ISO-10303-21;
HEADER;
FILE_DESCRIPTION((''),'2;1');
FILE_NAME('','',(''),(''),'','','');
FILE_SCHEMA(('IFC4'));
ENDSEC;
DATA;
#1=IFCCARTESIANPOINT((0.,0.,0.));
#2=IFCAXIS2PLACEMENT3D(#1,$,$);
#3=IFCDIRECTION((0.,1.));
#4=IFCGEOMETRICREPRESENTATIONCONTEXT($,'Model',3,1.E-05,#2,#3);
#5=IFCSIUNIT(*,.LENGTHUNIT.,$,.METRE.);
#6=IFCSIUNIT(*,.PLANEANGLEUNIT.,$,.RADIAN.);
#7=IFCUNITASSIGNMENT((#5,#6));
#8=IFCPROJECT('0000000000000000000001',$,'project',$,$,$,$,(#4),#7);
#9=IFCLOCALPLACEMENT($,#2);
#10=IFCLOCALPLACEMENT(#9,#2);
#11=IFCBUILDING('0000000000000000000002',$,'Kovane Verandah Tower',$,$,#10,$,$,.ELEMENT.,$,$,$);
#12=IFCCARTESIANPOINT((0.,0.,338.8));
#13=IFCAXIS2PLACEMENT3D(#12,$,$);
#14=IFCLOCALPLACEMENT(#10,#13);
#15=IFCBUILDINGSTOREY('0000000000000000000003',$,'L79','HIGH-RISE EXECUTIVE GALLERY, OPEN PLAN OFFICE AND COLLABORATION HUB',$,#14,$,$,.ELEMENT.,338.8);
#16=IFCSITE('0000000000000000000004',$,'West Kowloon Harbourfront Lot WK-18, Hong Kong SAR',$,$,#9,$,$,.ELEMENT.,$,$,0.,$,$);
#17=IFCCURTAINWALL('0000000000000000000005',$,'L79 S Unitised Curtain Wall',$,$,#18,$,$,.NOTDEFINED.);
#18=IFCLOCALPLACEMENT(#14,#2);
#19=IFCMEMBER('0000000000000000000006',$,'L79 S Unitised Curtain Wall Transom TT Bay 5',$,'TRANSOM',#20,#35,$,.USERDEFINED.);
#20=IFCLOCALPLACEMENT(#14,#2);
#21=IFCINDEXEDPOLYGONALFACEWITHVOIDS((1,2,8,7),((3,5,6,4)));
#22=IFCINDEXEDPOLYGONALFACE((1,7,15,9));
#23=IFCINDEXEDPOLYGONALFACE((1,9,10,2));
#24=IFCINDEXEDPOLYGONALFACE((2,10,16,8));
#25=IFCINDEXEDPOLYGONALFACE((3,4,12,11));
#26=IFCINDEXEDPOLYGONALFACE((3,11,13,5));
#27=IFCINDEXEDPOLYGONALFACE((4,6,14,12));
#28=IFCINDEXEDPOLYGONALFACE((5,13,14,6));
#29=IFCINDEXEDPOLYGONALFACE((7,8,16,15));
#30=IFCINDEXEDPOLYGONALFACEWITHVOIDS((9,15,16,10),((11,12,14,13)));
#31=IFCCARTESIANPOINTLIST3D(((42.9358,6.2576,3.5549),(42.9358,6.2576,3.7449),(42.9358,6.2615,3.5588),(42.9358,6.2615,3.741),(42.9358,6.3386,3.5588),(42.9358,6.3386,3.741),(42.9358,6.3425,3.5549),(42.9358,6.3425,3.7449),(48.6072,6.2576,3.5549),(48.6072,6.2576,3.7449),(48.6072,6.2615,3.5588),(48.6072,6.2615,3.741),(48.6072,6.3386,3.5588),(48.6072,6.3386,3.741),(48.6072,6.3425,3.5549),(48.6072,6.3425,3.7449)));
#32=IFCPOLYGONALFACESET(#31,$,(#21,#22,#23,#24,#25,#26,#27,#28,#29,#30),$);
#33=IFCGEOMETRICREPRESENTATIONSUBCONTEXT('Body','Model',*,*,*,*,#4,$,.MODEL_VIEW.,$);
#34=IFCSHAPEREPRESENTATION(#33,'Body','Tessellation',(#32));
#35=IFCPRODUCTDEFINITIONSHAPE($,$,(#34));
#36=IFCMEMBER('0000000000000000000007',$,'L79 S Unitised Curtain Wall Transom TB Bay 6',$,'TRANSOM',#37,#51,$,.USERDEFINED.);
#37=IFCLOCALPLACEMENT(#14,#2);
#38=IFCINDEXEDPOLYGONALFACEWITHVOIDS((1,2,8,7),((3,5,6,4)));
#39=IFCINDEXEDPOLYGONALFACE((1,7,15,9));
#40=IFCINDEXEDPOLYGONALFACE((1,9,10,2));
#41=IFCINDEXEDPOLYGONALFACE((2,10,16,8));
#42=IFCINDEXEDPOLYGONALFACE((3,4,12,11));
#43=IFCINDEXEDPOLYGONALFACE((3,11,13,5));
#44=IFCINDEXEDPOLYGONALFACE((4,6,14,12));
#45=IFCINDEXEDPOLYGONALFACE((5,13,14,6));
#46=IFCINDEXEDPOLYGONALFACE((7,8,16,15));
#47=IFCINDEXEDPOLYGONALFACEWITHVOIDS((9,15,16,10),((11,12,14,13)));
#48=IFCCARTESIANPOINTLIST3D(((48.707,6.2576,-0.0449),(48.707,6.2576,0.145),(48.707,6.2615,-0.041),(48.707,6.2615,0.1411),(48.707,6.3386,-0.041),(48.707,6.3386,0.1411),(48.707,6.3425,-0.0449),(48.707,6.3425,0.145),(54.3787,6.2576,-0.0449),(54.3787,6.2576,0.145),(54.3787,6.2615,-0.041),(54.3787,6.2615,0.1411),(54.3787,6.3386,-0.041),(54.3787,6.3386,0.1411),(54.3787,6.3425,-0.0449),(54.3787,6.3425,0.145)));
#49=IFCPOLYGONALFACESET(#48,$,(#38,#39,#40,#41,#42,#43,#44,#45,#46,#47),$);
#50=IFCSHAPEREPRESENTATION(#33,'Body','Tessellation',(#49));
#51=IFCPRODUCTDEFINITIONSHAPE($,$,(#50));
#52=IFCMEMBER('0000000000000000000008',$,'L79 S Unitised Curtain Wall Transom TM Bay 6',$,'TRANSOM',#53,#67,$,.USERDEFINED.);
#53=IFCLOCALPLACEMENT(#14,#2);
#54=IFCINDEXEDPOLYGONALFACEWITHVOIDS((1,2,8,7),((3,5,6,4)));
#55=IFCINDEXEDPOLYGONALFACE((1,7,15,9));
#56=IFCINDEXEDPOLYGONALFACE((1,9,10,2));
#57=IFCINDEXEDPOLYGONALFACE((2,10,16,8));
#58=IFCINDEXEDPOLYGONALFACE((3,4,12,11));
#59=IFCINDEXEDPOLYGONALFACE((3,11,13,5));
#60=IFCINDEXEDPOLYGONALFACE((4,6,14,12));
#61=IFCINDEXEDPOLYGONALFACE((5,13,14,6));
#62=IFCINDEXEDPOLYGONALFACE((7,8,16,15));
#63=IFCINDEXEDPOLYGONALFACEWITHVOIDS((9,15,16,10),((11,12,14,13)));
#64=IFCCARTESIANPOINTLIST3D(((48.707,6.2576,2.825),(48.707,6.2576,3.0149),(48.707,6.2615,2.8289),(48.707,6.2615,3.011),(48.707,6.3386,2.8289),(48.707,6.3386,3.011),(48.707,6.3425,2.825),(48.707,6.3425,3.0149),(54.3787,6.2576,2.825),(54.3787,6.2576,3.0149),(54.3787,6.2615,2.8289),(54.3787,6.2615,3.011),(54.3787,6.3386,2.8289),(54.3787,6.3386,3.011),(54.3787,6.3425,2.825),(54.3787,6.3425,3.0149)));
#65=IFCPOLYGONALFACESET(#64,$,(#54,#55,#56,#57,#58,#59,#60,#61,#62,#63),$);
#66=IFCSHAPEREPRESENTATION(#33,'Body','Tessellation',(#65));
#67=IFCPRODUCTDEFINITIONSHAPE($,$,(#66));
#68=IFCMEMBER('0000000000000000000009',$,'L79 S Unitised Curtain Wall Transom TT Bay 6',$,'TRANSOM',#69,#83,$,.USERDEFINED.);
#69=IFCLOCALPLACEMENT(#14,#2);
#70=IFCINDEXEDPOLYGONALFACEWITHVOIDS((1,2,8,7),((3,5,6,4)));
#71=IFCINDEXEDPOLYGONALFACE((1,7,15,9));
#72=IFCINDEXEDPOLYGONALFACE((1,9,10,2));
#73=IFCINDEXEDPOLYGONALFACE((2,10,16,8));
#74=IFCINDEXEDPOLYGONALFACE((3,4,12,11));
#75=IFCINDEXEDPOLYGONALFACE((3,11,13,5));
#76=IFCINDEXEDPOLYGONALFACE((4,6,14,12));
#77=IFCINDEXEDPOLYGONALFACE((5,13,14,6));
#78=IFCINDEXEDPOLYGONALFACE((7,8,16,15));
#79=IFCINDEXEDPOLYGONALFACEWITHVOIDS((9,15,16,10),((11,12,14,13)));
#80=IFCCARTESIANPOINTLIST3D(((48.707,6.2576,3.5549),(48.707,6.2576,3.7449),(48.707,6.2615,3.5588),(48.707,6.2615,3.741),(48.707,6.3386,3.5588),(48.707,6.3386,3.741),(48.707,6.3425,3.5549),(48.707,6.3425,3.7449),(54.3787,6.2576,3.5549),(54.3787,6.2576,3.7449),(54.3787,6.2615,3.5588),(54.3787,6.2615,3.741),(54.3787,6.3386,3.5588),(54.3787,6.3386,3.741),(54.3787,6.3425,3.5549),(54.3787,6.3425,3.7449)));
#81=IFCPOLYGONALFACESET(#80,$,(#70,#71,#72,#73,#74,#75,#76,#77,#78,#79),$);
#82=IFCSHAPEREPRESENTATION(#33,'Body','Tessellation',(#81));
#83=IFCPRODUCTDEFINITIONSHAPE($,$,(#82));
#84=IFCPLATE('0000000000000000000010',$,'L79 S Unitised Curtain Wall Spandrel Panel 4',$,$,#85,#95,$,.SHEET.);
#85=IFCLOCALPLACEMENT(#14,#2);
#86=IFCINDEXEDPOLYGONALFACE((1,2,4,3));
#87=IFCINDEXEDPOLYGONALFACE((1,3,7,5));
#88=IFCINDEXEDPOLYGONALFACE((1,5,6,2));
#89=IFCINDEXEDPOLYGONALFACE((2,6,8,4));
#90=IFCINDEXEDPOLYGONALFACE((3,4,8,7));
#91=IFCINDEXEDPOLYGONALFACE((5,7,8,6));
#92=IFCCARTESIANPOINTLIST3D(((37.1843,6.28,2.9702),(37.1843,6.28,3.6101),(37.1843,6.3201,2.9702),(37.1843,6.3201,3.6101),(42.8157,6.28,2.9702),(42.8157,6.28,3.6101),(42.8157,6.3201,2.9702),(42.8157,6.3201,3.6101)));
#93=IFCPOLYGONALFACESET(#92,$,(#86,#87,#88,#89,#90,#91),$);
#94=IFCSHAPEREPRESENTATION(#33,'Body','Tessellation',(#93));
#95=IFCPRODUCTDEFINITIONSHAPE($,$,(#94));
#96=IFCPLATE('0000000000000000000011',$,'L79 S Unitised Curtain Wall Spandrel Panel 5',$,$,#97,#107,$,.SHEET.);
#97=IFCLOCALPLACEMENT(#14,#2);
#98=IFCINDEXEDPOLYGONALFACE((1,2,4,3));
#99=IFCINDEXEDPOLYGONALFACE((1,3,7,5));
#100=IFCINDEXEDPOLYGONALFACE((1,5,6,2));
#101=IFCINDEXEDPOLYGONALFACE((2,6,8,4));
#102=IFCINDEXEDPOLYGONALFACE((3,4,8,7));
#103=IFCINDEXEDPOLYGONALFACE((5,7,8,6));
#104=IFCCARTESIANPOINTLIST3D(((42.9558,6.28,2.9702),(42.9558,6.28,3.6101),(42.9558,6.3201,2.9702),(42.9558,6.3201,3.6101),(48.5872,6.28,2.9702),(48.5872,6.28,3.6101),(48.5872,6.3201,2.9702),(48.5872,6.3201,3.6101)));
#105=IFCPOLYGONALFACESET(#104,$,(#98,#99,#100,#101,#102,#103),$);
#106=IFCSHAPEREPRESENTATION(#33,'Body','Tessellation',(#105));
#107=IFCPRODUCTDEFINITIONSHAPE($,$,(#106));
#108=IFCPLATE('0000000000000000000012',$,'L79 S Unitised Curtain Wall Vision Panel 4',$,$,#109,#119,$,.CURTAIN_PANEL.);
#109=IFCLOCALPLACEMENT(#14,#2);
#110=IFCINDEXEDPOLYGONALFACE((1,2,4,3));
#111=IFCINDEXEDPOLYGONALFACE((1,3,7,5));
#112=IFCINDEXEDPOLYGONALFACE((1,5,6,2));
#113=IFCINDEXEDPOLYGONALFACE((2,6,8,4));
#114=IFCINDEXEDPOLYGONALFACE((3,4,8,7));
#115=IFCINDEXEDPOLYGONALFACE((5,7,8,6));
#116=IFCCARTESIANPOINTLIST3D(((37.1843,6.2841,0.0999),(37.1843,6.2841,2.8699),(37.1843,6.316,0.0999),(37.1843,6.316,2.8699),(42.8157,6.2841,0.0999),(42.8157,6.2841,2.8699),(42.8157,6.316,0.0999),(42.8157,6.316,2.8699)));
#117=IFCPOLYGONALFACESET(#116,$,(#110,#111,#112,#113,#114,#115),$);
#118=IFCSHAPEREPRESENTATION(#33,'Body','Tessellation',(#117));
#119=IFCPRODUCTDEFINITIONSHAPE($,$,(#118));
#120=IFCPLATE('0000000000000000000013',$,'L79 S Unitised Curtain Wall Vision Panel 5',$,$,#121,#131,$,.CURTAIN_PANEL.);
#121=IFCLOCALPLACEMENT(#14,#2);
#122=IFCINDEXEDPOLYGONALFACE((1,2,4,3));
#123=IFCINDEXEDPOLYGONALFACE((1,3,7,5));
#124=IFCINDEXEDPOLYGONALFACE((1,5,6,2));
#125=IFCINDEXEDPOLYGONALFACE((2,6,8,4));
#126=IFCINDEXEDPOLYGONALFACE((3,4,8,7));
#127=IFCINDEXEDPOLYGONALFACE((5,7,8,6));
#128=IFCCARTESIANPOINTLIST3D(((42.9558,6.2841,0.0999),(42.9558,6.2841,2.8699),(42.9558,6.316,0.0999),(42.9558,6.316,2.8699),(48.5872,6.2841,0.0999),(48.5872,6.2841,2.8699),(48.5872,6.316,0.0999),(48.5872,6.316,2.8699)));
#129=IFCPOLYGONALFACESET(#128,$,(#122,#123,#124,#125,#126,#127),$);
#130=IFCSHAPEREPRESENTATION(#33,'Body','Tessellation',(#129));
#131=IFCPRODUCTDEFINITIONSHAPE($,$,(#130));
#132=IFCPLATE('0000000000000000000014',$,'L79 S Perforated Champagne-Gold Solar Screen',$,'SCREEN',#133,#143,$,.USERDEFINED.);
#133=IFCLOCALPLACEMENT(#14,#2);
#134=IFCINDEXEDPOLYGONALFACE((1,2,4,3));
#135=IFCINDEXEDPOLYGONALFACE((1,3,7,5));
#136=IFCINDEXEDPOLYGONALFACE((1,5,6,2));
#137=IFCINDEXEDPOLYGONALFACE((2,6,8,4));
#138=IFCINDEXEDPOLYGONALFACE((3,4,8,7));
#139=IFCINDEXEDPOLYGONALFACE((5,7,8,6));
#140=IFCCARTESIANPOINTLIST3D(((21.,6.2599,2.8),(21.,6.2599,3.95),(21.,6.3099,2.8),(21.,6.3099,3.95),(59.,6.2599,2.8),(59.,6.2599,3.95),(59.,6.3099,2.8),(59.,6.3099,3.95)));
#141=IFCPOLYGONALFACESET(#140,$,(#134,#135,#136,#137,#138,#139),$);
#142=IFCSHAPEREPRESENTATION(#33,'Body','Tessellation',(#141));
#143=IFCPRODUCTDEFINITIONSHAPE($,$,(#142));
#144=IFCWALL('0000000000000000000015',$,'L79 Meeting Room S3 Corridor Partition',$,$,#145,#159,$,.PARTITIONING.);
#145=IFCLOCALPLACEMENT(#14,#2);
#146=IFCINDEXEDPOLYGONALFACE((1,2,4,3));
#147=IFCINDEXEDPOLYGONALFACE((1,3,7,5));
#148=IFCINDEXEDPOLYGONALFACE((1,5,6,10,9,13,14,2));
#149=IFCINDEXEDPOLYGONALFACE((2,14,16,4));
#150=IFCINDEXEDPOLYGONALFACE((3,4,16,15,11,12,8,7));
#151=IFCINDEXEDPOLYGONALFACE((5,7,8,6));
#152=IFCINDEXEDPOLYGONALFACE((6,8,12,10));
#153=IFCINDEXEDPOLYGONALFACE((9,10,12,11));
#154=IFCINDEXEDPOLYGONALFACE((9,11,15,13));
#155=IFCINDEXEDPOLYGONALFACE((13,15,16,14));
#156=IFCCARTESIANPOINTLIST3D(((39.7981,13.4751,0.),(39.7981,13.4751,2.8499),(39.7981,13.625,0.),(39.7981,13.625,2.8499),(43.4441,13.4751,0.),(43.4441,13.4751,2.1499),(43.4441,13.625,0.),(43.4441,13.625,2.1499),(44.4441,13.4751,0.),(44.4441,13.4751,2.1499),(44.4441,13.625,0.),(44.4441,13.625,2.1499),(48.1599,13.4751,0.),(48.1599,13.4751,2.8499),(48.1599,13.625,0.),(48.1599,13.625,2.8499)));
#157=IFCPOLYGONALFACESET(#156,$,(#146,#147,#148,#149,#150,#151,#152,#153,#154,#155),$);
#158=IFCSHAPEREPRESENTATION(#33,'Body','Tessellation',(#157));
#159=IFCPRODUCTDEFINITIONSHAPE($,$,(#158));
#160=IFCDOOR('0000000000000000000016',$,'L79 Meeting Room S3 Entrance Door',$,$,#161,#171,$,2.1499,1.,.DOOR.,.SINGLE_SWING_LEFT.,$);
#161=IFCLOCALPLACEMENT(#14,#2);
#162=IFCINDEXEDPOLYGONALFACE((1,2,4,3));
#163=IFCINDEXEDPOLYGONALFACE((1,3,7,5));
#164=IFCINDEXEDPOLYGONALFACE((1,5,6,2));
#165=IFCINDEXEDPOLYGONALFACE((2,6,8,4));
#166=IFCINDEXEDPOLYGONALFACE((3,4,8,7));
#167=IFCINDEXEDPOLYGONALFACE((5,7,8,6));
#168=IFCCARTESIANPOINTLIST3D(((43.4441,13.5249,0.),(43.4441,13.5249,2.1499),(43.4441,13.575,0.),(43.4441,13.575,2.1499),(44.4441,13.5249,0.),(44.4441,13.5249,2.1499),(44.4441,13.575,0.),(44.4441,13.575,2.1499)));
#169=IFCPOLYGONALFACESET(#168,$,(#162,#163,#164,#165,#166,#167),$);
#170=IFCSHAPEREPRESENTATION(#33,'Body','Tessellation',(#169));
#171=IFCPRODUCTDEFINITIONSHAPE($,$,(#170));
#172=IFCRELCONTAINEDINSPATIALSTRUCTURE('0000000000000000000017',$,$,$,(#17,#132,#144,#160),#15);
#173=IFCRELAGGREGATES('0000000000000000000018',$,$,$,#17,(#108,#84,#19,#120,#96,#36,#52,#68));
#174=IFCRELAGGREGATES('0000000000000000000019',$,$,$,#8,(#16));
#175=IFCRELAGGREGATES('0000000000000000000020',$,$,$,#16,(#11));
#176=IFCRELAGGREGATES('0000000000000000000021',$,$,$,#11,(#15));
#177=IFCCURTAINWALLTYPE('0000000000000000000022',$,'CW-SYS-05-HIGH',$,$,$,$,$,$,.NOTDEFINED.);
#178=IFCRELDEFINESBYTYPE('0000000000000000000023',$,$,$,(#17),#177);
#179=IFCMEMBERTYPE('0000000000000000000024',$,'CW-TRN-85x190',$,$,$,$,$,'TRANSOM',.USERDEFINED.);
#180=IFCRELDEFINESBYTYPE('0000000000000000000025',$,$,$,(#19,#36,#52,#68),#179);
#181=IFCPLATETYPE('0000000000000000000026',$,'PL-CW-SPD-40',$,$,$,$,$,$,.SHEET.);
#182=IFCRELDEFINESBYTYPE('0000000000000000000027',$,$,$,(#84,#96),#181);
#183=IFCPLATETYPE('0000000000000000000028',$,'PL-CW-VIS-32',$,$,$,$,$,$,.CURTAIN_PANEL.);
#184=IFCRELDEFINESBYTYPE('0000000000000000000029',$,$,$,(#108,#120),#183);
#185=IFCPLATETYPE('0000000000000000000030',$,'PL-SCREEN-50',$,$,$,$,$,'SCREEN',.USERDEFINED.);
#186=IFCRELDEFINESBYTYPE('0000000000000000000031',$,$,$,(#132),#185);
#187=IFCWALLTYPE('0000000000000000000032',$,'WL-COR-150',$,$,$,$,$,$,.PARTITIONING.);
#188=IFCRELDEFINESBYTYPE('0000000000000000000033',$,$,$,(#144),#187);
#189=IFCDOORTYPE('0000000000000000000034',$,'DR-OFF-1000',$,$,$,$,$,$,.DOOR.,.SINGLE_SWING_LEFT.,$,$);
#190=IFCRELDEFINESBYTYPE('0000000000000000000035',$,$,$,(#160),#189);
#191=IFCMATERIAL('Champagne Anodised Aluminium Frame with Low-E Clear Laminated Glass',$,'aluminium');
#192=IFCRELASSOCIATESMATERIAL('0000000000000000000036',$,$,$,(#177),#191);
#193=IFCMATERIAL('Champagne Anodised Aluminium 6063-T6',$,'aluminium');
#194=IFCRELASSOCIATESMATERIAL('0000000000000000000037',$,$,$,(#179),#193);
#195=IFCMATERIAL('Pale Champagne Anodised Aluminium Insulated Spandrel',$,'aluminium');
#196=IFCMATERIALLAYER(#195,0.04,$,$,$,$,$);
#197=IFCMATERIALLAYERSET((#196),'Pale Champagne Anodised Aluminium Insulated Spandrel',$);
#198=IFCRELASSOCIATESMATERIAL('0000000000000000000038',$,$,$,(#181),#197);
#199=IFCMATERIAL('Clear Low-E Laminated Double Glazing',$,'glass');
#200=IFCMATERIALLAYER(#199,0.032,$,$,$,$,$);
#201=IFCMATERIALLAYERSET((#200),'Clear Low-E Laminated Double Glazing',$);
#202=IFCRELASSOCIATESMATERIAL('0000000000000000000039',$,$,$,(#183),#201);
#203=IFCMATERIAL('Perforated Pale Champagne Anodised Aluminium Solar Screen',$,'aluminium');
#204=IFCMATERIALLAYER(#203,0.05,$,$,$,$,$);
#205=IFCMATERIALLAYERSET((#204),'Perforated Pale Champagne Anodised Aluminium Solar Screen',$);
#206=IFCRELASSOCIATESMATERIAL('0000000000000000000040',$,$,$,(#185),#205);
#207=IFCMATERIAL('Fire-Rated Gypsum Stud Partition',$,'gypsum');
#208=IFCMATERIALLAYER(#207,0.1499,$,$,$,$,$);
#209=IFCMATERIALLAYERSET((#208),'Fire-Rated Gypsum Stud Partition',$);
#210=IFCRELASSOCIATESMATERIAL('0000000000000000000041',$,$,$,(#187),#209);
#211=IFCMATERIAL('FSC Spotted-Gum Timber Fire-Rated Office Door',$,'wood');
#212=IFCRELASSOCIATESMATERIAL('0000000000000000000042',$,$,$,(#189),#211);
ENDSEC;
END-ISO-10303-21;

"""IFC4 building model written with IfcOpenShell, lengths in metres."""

from ifc_helpers import new_model, si_unit, direction, frame, frame_2d, origin, origin_2d, place, context, subcontext, project, spatial, rectangle, hollow_rectangle, extrude, material, layer, layer_set, material_profile, profile_set, type_object, element, fill, aggregate, save


model = new_model("IFC4")

# Units and contexts
model_context = context("Model", 3, precision=1e-05, world=origin(), true_north=direction((0.0, 1.0)))
body_context = subcontext(model_context, "Body", "Model", "MODEL_VIEW")
ifc_project = project(units=[si_unit("LENGTHUNIT", "METRE"), si_unit("PLANEANGLEUNIT", "RADIAN")], contexts=[model_context])

# Site, building, storey
site_placement = place(None, origin())
site = spatial("IfcSite", under=ifc_project, at=site_placement, Name="West Kowloon Harbourfront Lot WK-18, Hong Kong SAR", CompositionType="ELEMENT", RefElevation=0.0)
building_placement = place(site_placement, origin())
building = spatial("IfcBuilding", under=site, at=building_placement, Name="Kovane Verandah Tower", CompositionType="ELEMENT")
storey_placement = place(building_placement, frame((0.0, 0.0, 338.8)))
storey = spatial("IfcBuildingStorey", under=building, at=storey_placement, Name="L79", Description="HIGH-RISE EXECUTIVE GALLERY, OPEN PLAN OFFICE AND COLLABORATION HUB", CompositionType="ELEMENT", Elevation=338.8)

# Curtain wall, members, plates
ifc_material_1 = material(Name="Champagne Anodised Aluminium Frame with Low-E Clear Laminated Glass", Category="aluminium")
curtain_wall_type = type_object("IfcCurtainWallType", Name="CW-SYS-05-HIGH", PredefinedType="NOTDEFINED", material=ifc_material_1)
curtain_wall_placement = place(storey_placement, origin())
curtain_wall = element("IfcCurtainWall", 1, at=curtain_wall_placement, inside=storey, type_object=curtain_wall_type, Name="L79 S Unitised Curtain Wall", PredefinedType="NOTDEFINED")
ifc_material_2 = material(Name="Champagne Anodised Aluminium 6063-T6", Category="aluminium")
ifc_material_profile_1 = material_profile(ifc_material_2, hollow_rectangle(XDim=0.085, YDim=0.1899, WallThickness=0.0039, at=origin_2d()), Name="AL85x190x4")
ifc_profile_set_1 = profile_set([ifc_material_profile_1], Name="Champagne Anodised Aluminium 6063-T6")
member_type_1 = type_object("IfcMemberType", Name="CW-TRN-85x190", ElementType="TRANSOM", PredefinedType="USERDEFINED", material=ifc_profile_set_1)
member_1_placement = place(storey_placement, frame((42.9358, 6.3, 3.6499), z_axis=(1.0, 0.0, 0.0), x_axis=(0.0, 1.0, 0.0)))
member_1 = element("IfcMember", 2, at=member_1_placement, type_object=member_type_1, Name="L79 S Unitised Curtain Wall Transom TT Bay 5", ObjectType="TRANSOM", PredefinedType="USERDEFINED", context=body_context, shape_type="SweptSolid", body=[
    extrude(hollow_rectangle(XDim=0.085, YDim=0.1899, WallThickness=0.0039, at=origin_2d()), origin(), (0.0, 0.0, 1.0), 5.6714),
])
member_2_placement = place(storey_placement, frame((48.707, 6.3, 0.05), z_axis=(1.0, 0.0, 0.0), x_axis=(0.0, 1.0, 0.0)))
member_2 = element("IfcMember", 3, at=member_2_placement, type_object=member_type_1, Name="L79 S Unitised Curtain Wall Transom TB Bay 6", ObjectType="TRANSOM", PredefinedType="USERDEFINED", context=body_context, shape_type="SweptSolid", body=[
    extrude(hollow_rectangle(XDim=0.085, YDim=0.1899, WallThickness=0.0039, at=origin_2d()), origin(), (0.0, 0.0, 1.0), 5.6716),
])
member_3_placement = place(storey_placement, frame((48.707, 6.3, 2.9199), z_axis=(1.0, 0.0, 0.0), x_axis=(0.0, 1.0, 0.0)))
member_3 = element("IfcMember", 4, at=member_3_placement, type_object=member_type_1, Name="L79 S Unitised Curtain Wall Transom TM Bay 6", ObjectType="TRANSOM", PredefinedType="USERDEFINED", context=body_context, shape_type="SweptSolid", body=[
    extrude(hollow_rectangle(XDim=0.085, YDim=0.1899, WallThickness=0.0039, at=origin_2d()), origin(), (0.0, 0.0, 1.0), 5.6716),
])
member_4_placement = place(storey_placement, frame((48.707, 6.3, 3.6499), z_axis=(1.0, 0.0, 0.0), x_axis=(0.0, 1.0, 0.0)))
member_4 = element("IfcMember", 5, at=member_4_placement, type_object=member_type_1, Name="L79 S Unitised Curtain Wall Transom TT Bay 6", ObjectType="TRANSOM", PredefinedType="USERDEFINED", context=body_context, shape_type="SweptSolid", body=[
    extrude(hollow_rectangle(XDim=0.085, YDim=0.1899, WallThickness=0.0039, at=origin_2d()), origin(), (0.0, 0.0, 1.0), 5.6716),
])
ifc_material_3 = material(Name="Pale Champagne Anodised Aluminium Insulated Spandrel", Category="aluminium")
ifc_layer_1 = layer(ifc_material_3, 0.04)
ifc_layer_set_1 = layer_set([ifc_layer_1], Name="Pale Champagne Anodised Aluminium Insulated Spandrel")
plate_type_1 = type_object("IfcPlateType", Name="PL-CW-SPD-40", PredefinedType="SHEET", material=ifc_layer_set_1)
plate_1_placement = place(storey_placement, frame((40.0, 6.3, 2.9702), z_axis=(0.0, 0.0, 1.0), x_axis=(1.0, 0.0, 0.0)))
plate_1 = element("IfcPlate", 6, at=plate_1_placement, type_object=plate_type_1, Name="L79 S Unitised Curtain Wall Spandrel Panel 4", PredefinedType="SHEET", context=body_context, shape_type="SweptSolid", body=[
    extrude(rectangle(XDim=5.6313, YDim=0.04, at=origin_2d()), origin(), (0.0, 0.0, 1.0), 0.6399),
])
plate_2_placement = place(storey_placement, frame((45.7715, 6.3, 2.9702), z_axis=(0.0, 0.0, 1.0), x_axis=(1.0, 0.0, 0.0)))
plate_2 = element("IfcPlate", 7, at=plate_2_placement, type_object=plate_type_1, Name="L79 S Unitised Curtain Wall Spandrel Panel 5", PredefinedType="SHEET", context=body_context, shape_type="SweptSolid", body=[
    extrude(rectangle(XDim=5.6313, YDim=0.04, at=origin_2d()), origin(), (0.0, 0.0, 1.0), 0.6399),
])
ifc_material_4 = material(Name="Clear Low-E Laminated Double Glazing", Category="glass")
ifc_layer_2 = layer(ifc_material_4, 0.032)
ifc_layer_set_2 = layer_set([ifc_layer_2], Name="Clear Low-E Laminated Double Glazing")
plate_type_2 = type_object("IfcPlateType", Name="PL-CW-VIS-32", PredefinedType="CURTAIN_PANEL", material=ifc_layer_set_2)
plate_3_placement = place(storey_placement, frame((40.0, 6.3, 0.0999), z_axis=(0.0, 0.0, 1.0), x_axis=(1.0, 0.0, 0.0)))
plate_3 = element("IfcPlate", 8, at=plate_3_placement, type_object=plate_type_2, Name="L79 S Unitised Curtain Wall Vision Panel 4", PredefinedType="CURTAIN_PANEL", context=body_context, shape_type="SweptSolid", body=[
    extrude(rectangle(XDim=5.6313, YDim=0.032, at=origin_2d()), origin(), (0.0, 0.0, 1.0), 2.77),
])
plate_4_placement = place(storey_placement, frame((45.7715, 6.3, 0.0999), z_axis=(0.0, 0.0, 1.0), x_axis=(1.0, 0.0, 0.0)))
plate_4 = element("IfcPlate", 9, at=plate_4_placement, type_object=plate_type_2, Name="L79 S Unitised Curtain Wall Vision Panel 5", PredefinedType="CURTAIN_PANEL", context=body_context, shape_type="SweptSolid", body=[
    extrude(rectangle(XDim=5.6313, YDim=0.032, at=origin_2d()), origin(), (0.0, 0.0, 1.0), 2.77),
])
aggregate(curtain_wall, [plate_3, plate_1, member_1, plate_4, plate_2, member_2, member_3, member_4])

# Plate
ifc_material_5 = material(Name="Perforated Pale Champagne Anodised Aluminium Solar Screen", Category="aluminium")
ifc_layer_3 = layer(ifc_material_5, 0.05)
ifc_layer_set_3 = layer_set([ifc_layer_3], Name="Perforated Pale Champagne Anodised Aluminium Solar Screen")
plate_type_3 = type_object("IfcPlateType", Name="PL-SCREEN-50", ElementType="SCREEN", PredefinedType="USERDEFINED", material=ifc_layer_set_3)
plate_5_placement = place(storey_placement, frame((40.0, 6.2849, 2.8), z_axis=(0.0, 0.0, 1.0), x_axis=(1.0, 0.0, 0.0)))
element("IfcPlate", 10, at=plate_5_placement, inside=storey, type_object=plate_type_3, Name="L79 S Perforated Champagne-Gold Solar Screen", ObjectType="SCREEN", PredefinedType="USERDEFINED", context=body_context, shape_type="SweptSolid", body=[
    extrude(rectangle(XDim=38.0, YDim=0.05, at=origin_2d()), origin(), (0.0, 0.0, 1.0), 1.1499),
])

# Wall, opening, door
ifc_material_6 = material(Name="Fire-Rated Gypsum Stud Partition", Category="gypsum")
ifc_layer_4 = layer(ifc_material_6, 0.1499)
ifc_layer_set_4 = layer_set([ifc_layer_4], Name="Fire-Rated Gypsum Stud Partition")
wall_type_1 = type_object("IfcWallType", Name="WL-COR-150", PredefinedType="PARTITIONING", material=ifc_layer_set_4)
wall_1_placement = place(storey_placement, frame((39.7981, 13.55, 0.0), z_axis=(0.0, 0.0, 1.0), x_axis=(1.0, 0.0, 0.0)))
wall_1 = element("IfcWall", 11, at=wall_1_placement, inside=storey, type_object=wall_type_1, Name="L79 Meeting Room S3 Corridor Partition", PredefinedType="PARTITIONING", context=body_context, shape_type="SweptSolid", body=[
    extrude(rectangle(XDim=8.3618, YDim=0.1499, at=frame_2d((4.1809, 0.0))), origin(), (0.0, 0.0, 1.0), 2.8499),
])
opening_1_placement = place(wall_1_placement, frame((3.646, 0.0, 0.0)))
opening_1 = element("IfcOpeningElement", 12, at=opening_1_placement, cuts=wall_1, PredefinedType="OPENING", context=body_context, shape_type="SweptSolid", body=[
    extrude(rectangle(XDim=1.0, YDim=2.1499, at=frame_2d((0.5, 1.075))), frame((0.0, 0.075, 0.0), z_axis=(0.0, -1.0, 0.0), x_axis=(1.0, 0.0, 0.0)), (0.0, 0.0, 1.0), 0.1499),
])
ifc_material_7 = material(Name="FSC Spotted-Gum Timber Fire-Rated Office Door", Category="wood")
door_type = type_object("IfcDoorType", Name="DR-OFF-1000", OperationType="SINGLE_SWING_LEFT", PredefinedType="DOOR", material=ifc_material_7)
door_1_placement = place(opening_1_placement, origin())
door_1 = element("IfcDoor", 13, at=door_1_placement, inside=storey, type_object=door_type, Name="L79 Meeting Room S3 Entrance Door", OperationType="SINGLE_SWING_LEFT", OverallHeight=2.1499, OverallWidth=1.0, PredefinedType="DOOR", context=body_context, shape_type="SweptSolid", body=[
    extrude(rectangle(XDim=1.0, YDim=2.1499, at=frame_2d((0.5, 1.075))), frame((0.0, 0.0249, 0.0), z_axis=(0.0, -1.0, 0.0), x_axis=(1.0, 0.0, 0.0)), (0.0, 0.0, 1.0), 0.05),
])
fill(opening_1, door_1)

save(model, "model.ifc")
